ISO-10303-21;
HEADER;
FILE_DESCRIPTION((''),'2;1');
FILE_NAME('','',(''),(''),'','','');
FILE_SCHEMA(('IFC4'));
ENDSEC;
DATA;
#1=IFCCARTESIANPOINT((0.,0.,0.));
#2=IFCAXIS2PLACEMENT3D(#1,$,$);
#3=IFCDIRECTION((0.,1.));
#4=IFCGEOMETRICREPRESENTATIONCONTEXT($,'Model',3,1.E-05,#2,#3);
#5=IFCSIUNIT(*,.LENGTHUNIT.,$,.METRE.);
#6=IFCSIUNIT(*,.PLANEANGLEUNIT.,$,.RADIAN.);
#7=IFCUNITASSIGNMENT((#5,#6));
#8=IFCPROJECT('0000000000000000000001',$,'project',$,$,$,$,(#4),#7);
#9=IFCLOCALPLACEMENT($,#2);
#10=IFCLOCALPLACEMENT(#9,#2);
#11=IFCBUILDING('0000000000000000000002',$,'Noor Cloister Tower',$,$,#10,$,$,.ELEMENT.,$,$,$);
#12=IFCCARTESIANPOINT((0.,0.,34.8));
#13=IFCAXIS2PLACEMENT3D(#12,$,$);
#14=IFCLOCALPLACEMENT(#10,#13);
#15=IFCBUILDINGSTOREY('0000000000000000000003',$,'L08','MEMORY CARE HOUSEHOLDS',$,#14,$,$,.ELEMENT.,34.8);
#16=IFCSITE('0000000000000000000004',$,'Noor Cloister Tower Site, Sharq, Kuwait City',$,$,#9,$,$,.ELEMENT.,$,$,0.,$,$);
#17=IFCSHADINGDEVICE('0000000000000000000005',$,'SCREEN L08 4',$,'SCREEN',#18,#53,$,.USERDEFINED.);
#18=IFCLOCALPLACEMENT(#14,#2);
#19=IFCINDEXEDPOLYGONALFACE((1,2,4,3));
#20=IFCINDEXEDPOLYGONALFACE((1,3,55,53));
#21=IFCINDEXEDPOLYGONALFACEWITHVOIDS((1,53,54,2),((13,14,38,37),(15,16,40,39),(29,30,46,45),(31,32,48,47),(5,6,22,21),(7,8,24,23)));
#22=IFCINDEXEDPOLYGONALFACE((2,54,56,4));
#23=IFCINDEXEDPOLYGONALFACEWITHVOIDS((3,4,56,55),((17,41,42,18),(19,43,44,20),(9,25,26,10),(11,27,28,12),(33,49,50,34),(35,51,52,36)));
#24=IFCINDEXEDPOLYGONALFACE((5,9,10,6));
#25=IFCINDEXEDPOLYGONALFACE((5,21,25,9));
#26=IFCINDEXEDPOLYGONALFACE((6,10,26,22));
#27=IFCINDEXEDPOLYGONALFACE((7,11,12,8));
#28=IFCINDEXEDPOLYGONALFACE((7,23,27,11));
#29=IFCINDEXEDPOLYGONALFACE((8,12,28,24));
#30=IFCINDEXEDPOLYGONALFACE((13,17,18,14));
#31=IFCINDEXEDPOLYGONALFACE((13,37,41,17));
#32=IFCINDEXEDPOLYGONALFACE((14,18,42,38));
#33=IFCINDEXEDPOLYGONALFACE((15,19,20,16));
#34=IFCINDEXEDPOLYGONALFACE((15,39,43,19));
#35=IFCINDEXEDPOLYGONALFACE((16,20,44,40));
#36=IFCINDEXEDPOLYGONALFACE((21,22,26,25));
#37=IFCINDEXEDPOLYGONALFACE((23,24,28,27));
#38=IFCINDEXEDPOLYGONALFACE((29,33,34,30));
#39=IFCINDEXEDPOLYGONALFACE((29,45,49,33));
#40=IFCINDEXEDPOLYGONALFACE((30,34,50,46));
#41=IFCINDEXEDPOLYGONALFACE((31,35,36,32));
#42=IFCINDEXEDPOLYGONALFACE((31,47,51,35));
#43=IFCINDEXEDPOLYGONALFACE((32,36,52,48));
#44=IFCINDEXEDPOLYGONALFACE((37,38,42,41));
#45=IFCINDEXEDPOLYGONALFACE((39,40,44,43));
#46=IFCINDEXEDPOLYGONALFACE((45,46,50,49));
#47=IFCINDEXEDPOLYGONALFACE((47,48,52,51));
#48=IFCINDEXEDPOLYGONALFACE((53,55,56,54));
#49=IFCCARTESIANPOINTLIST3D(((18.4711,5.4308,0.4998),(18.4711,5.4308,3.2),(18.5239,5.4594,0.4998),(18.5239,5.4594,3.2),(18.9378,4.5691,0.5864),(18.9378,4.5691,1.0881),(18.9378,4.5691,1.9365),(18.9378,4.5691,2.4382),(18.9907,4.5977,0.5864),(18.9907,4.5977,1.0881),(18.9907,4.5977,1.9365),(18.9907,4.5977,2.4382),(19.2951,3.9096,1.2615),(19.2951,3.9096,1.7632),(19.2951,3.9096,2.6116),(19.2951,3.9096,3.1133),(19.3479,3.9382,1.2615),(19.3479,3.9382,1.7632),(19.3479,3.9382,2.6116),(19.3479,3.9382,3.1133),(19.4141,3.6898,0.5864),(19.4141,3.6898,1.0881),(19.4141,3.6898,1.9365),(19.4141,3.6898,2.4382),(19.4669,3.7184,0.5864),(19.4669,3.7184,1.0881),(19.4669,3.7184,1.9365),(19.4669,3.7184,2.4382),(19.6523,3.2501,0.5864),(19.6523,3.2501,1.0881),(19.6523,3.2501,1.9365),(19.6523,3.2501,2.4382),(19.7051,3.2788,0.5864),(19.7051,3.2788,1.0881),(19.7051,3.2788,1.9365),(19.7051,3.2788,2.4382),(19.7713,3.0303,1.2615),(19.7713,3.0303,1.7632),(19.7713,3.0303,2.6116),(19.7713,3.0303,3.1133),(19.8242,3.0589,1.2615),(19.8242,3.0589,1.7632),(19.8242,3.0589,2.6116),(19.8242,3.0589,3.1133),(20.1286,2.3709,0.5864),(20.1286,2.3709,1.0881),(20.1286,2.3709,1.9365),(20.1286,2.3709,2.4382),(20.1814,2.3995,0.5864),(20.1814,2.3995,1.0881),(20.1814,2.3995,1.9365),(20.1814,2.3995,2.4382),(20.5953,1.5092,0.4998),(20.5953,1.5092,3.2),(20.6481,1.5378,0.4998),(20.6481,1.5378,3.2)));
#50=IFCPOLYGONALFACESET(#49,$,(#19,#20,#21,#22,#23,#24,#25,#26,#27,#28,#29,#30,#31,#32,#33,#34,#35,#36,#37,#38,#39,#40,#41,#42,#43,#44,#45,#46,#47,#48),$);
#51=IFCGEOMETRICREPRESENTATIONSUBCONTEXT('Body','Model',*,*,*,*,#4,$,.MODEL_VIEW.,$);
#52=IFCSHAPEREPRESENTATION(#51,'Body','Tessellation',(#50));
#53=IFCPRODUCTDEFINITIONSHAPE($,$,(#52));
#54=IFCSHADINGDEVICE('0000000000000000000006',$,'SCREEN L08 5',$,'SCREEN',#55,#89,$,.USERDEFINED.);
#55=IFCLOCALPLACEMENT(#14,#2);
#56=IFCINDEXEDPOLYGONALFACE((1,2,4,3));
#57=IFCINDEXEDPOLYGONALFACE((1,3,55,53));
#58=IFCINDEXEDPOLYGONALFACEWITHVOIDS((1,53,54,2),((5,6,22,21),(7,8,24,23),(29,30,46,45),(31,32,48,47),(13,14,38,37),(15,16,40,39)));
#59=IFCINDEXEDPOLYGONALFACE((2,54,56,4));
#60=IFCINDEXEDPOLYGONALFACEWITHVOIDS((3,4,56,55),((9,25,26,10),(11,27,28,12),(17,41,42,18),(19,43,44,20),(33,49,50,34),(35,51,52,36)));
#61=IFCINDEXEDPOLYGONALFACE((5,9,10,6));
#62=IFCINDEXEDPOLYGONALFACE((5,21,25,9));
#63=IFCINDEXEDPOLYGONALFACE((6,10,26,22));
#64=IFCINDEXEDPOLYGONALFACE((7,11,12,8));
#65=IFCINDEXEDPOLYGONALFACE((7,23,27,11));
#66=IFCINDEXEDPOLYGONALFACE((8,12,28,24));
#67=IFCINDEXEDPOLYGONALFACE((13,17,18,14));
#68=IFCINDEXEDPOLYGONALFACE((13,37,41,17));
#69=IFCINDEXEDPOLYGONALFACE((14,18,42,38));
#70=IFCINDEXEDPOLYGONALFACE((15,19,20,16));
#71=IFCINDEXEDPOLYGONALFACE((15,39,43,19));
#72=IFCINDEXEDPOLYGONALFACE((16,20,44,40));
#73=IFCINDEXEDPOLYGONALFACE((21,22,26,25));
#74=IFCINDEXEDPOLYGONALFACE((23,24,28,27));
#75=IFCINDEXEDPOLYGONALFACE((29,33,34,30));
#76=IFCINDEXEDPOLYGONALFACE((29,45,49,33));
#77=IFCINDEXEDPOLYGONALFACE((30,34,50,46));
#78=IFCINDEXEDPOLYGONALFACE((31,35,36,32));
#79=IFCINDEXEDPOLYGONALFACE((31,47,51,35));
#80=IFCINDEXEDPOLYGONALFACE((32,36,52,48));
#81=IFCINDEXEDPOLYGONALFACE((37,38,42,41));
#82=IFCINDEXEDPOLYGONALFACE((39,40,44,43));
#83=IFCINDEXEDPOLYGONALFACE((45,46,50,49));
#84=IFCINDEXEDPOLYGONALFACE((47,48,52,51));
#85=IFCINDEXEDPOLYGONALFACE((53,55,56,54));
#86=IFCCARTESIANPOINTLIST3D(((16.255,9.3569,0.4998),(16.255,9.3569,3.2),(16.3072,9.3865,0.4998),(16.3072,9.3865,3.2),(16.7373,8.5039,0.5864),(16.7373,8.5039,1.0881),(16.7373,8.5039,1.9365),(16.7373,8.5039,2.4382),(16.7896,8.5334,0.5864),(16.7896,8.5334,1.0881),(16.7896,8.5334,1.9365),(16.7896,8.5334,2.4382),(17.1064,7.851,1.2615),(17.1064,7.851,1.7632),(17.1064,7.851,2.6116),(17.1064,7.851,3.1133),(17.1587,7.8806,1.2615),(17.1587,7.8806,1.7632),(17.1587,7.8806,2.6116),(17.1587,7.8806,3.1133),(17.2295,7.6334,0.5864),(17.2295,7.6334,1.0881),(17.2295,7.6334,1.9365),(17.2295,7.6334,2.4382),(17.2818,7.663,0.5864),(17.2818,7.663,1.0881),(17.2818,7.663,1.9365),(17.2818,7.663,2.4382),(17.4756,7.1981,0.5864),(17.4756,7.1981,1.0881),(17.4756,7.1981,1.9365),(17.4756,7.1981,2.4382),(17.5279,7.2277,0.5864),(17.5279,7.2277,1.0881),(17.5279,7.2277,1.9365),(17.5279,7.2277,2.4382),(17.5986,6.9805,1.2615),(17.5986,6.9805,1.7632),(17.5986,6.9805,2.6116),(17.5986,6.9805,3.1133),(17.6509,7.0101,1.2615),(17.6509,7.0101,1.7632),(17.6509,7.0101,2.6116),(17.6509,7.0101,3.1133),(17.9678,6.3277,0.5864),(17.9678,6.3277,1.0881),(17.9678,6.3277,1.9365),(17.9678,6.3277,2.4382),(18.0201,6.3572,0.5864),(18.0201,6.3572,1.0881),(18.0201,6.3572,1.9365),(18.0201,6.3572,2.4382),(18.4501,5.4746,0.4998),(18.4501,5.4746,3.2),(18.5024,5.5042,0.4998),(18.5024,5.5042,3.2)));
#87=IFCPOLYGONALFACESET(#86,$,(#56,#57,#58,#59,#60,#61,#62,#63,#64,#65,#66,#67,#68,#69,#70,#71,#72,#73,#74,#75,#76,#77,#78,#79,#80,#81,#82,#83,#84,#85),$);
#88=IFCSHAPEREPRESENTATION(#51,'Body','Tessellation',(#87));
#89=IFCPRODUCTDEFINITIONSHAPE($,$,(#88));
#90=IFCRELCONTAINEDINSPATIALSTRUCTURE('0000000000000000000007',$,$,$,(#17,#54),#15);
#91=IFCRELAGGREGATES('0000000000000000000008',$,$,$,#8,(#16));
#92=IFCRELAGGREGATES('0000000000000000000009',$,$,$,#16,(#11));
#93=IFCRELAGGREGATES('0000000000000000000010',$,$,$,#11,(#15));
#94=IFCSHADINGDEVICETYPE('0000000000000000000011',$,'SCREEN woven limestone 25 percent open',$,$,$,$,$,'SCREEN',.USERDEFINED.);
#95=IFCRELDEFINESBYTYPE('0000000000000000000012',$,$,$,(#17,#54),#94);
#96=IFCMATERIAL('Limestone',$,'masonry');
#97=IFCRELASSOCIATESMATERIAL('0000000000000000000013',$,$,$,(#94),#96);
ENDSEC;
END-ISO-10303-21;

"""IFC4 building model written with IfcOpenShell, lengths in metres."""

from ifc_helpers import new_model, si_unit, direction, frame, origin, place, context, subcontext, project, spatial, polyline, outline, extrude, material, material_profile, profile_set, type_object, element, save


model = new_model("IFC4")

# Units and contexts
model_context = context("Model", 3, precision=1e-05, world=origin(), true_north=direction((0.0, 1.0)))
body_context = subcontext(model_context, "Body", "Model", "MODEL_VIEW")
ifc_project = project(units=[si_unit("LENGTHUNIT", "METRE"), si_unit("PLANEANGLEUNIT", "RADIAN")], contexts=[model_context])

# Site, building, storey
site_placement = place(None, origin())
site = spatial("IfcSite", under=ifc_project, at=site_placement, Name="Noor Cloister Tower Site, Sharq, Kuwait City", CompositionType="ELEMENT", RefElevation=0.0)
building_placement = place(site_placement, origin())
building = spatial("IfcBuilding", under=site, at=building_placement, Name="Noor Cloister Tower", CompositionType="ELEMENT")
storey_placement = place(building_placement, frame((0.0, 0.0, 34.8)))
storey = spatial("IfcBuildingStorey", under=building, at=storey_placement, Name="L08", Description="MEMORY CARE HOUSEHOLDS", CompositionType="ELEMENT", Elevation=34.8)

# Shading devices
ifc_material_1 = material(Name="Limestone", Category="masonry")
ifc_material_profile_1 = material_profile(ifc_material_1, outline(polyline([(-2.23, -1.3501), (2.23, -1.3501), (2.23, 1.3501), (-2.23, 1.3501), (-2.23, -1.3501)]), holes=[polyline([(-1.25, -1.2634), (-0.25, -1.2634), (-0.25, -0.7617), (-1.25, -0.7617), (-1.25, -1.2634)]), polyline([(0.25, -1.2634), (1.25, -1.2634), (1.25, -0.7617), (0.25, -0.7617), (0.25, -1.2634)]), polyline([(-0.5, -0.5884), (0.5, -0.5884), (0.5, -0.0867), (-0.5, -0.0867), (-0.5, -0.5884)]), polyline([(-1.25, 0.0867), (-0.25, 0.0867), (-0.25, 0.5884), (-1.25, 0.5884), (-1.25, 0.0867)]), polyline([(0.25, 0.0867), (1.25, 0.0867), (1.25, 0.5884), (0.25, 0.5884), (0.25, 0.0867)]), polyline([(-0.5, 0.7617), (0.5, 0.7617), (0.5, 1.2634), (-0.5, 1.2634), (-0.5, 0.7617)])]), Name="Woven screen 25 percent open")
ifc_profile_set_1 = profile_set([ifc_material_profile_1], Name="Limestone")
shading_device_type = type_object("IfcShadingDeviceType", Name="SCREEN woven limestone 25 percent open", ElementType="SCREEN", PredefinedType="USERDEFINED", material=ifc_profile_set_1)
for number, where, z_axis, x_axis, name in (
    (1, (19.5332, 3.47, 1.8499), (0.879292, 0.476283, 0.0), (-0.476283, 0.879292, 0.0), "SCREEN L08 4"),
    (2, (17.3525, 7.4158, 1.8499), (0.870487, 0.492191, 0.0), (-0.492191, 0.870487, 0.0), "SCREEN L08 5"),
):
    element("IfcShadingDevice", number, at=place(storey_placement, frame(where, z_axis=z_axis, x_axis=x_axis)), inside=storey, type_object=shading_device_type, Name=name, ObjectType="SCREEN", PredefinedType="USERDEFINED", context=body_context, shape_type="SweptSolid", body=[
        extrude(outline(polyline([(-2.23, -1.3501), (2.23, -1.3501), (2.23, 1.3501), (-2.23, 1.3501), (-2.23, -1.3501)]), holes=[polyline([(-1.25, -1.2634), (-0.25, -1.2634), (-0.25, -0.7617), (-1.25, -0.7617), (-1.25, -1.2634)]), polyline([(0.25, -1.2634), (1.25, -1.2634), (1.25, -0.7617), (0.25, -0.7617), (0.25, -1.2634)]), polyline([(-0.5, -0.5884), (0.5, -0.5884), (0.5, -0.0867), (-0.5, -0.0867), (-0.5, -0.5884)]), polyline([(-1.25, 0.0867), (-0.25, 0.0867), (-0.25, 0.5884), (-1.25, 0.5884), (-1.25, 0.0867)]), polyline([(0.25, 0.0867), (1.25, 0.0867), (1.25, 0.5884), (0.25, 0.5884), (0.25, 0.0867)]), polyline([(-0.5, 0.7617), (0.5, 0.7617), (0.5, 1.2634), (-0.5, 1.2634), (-0.5, 0.7617)])]), origin(), (0.0, 0.0, 1.0), 0.0601),
    ])

save(model, "model.ifc")
